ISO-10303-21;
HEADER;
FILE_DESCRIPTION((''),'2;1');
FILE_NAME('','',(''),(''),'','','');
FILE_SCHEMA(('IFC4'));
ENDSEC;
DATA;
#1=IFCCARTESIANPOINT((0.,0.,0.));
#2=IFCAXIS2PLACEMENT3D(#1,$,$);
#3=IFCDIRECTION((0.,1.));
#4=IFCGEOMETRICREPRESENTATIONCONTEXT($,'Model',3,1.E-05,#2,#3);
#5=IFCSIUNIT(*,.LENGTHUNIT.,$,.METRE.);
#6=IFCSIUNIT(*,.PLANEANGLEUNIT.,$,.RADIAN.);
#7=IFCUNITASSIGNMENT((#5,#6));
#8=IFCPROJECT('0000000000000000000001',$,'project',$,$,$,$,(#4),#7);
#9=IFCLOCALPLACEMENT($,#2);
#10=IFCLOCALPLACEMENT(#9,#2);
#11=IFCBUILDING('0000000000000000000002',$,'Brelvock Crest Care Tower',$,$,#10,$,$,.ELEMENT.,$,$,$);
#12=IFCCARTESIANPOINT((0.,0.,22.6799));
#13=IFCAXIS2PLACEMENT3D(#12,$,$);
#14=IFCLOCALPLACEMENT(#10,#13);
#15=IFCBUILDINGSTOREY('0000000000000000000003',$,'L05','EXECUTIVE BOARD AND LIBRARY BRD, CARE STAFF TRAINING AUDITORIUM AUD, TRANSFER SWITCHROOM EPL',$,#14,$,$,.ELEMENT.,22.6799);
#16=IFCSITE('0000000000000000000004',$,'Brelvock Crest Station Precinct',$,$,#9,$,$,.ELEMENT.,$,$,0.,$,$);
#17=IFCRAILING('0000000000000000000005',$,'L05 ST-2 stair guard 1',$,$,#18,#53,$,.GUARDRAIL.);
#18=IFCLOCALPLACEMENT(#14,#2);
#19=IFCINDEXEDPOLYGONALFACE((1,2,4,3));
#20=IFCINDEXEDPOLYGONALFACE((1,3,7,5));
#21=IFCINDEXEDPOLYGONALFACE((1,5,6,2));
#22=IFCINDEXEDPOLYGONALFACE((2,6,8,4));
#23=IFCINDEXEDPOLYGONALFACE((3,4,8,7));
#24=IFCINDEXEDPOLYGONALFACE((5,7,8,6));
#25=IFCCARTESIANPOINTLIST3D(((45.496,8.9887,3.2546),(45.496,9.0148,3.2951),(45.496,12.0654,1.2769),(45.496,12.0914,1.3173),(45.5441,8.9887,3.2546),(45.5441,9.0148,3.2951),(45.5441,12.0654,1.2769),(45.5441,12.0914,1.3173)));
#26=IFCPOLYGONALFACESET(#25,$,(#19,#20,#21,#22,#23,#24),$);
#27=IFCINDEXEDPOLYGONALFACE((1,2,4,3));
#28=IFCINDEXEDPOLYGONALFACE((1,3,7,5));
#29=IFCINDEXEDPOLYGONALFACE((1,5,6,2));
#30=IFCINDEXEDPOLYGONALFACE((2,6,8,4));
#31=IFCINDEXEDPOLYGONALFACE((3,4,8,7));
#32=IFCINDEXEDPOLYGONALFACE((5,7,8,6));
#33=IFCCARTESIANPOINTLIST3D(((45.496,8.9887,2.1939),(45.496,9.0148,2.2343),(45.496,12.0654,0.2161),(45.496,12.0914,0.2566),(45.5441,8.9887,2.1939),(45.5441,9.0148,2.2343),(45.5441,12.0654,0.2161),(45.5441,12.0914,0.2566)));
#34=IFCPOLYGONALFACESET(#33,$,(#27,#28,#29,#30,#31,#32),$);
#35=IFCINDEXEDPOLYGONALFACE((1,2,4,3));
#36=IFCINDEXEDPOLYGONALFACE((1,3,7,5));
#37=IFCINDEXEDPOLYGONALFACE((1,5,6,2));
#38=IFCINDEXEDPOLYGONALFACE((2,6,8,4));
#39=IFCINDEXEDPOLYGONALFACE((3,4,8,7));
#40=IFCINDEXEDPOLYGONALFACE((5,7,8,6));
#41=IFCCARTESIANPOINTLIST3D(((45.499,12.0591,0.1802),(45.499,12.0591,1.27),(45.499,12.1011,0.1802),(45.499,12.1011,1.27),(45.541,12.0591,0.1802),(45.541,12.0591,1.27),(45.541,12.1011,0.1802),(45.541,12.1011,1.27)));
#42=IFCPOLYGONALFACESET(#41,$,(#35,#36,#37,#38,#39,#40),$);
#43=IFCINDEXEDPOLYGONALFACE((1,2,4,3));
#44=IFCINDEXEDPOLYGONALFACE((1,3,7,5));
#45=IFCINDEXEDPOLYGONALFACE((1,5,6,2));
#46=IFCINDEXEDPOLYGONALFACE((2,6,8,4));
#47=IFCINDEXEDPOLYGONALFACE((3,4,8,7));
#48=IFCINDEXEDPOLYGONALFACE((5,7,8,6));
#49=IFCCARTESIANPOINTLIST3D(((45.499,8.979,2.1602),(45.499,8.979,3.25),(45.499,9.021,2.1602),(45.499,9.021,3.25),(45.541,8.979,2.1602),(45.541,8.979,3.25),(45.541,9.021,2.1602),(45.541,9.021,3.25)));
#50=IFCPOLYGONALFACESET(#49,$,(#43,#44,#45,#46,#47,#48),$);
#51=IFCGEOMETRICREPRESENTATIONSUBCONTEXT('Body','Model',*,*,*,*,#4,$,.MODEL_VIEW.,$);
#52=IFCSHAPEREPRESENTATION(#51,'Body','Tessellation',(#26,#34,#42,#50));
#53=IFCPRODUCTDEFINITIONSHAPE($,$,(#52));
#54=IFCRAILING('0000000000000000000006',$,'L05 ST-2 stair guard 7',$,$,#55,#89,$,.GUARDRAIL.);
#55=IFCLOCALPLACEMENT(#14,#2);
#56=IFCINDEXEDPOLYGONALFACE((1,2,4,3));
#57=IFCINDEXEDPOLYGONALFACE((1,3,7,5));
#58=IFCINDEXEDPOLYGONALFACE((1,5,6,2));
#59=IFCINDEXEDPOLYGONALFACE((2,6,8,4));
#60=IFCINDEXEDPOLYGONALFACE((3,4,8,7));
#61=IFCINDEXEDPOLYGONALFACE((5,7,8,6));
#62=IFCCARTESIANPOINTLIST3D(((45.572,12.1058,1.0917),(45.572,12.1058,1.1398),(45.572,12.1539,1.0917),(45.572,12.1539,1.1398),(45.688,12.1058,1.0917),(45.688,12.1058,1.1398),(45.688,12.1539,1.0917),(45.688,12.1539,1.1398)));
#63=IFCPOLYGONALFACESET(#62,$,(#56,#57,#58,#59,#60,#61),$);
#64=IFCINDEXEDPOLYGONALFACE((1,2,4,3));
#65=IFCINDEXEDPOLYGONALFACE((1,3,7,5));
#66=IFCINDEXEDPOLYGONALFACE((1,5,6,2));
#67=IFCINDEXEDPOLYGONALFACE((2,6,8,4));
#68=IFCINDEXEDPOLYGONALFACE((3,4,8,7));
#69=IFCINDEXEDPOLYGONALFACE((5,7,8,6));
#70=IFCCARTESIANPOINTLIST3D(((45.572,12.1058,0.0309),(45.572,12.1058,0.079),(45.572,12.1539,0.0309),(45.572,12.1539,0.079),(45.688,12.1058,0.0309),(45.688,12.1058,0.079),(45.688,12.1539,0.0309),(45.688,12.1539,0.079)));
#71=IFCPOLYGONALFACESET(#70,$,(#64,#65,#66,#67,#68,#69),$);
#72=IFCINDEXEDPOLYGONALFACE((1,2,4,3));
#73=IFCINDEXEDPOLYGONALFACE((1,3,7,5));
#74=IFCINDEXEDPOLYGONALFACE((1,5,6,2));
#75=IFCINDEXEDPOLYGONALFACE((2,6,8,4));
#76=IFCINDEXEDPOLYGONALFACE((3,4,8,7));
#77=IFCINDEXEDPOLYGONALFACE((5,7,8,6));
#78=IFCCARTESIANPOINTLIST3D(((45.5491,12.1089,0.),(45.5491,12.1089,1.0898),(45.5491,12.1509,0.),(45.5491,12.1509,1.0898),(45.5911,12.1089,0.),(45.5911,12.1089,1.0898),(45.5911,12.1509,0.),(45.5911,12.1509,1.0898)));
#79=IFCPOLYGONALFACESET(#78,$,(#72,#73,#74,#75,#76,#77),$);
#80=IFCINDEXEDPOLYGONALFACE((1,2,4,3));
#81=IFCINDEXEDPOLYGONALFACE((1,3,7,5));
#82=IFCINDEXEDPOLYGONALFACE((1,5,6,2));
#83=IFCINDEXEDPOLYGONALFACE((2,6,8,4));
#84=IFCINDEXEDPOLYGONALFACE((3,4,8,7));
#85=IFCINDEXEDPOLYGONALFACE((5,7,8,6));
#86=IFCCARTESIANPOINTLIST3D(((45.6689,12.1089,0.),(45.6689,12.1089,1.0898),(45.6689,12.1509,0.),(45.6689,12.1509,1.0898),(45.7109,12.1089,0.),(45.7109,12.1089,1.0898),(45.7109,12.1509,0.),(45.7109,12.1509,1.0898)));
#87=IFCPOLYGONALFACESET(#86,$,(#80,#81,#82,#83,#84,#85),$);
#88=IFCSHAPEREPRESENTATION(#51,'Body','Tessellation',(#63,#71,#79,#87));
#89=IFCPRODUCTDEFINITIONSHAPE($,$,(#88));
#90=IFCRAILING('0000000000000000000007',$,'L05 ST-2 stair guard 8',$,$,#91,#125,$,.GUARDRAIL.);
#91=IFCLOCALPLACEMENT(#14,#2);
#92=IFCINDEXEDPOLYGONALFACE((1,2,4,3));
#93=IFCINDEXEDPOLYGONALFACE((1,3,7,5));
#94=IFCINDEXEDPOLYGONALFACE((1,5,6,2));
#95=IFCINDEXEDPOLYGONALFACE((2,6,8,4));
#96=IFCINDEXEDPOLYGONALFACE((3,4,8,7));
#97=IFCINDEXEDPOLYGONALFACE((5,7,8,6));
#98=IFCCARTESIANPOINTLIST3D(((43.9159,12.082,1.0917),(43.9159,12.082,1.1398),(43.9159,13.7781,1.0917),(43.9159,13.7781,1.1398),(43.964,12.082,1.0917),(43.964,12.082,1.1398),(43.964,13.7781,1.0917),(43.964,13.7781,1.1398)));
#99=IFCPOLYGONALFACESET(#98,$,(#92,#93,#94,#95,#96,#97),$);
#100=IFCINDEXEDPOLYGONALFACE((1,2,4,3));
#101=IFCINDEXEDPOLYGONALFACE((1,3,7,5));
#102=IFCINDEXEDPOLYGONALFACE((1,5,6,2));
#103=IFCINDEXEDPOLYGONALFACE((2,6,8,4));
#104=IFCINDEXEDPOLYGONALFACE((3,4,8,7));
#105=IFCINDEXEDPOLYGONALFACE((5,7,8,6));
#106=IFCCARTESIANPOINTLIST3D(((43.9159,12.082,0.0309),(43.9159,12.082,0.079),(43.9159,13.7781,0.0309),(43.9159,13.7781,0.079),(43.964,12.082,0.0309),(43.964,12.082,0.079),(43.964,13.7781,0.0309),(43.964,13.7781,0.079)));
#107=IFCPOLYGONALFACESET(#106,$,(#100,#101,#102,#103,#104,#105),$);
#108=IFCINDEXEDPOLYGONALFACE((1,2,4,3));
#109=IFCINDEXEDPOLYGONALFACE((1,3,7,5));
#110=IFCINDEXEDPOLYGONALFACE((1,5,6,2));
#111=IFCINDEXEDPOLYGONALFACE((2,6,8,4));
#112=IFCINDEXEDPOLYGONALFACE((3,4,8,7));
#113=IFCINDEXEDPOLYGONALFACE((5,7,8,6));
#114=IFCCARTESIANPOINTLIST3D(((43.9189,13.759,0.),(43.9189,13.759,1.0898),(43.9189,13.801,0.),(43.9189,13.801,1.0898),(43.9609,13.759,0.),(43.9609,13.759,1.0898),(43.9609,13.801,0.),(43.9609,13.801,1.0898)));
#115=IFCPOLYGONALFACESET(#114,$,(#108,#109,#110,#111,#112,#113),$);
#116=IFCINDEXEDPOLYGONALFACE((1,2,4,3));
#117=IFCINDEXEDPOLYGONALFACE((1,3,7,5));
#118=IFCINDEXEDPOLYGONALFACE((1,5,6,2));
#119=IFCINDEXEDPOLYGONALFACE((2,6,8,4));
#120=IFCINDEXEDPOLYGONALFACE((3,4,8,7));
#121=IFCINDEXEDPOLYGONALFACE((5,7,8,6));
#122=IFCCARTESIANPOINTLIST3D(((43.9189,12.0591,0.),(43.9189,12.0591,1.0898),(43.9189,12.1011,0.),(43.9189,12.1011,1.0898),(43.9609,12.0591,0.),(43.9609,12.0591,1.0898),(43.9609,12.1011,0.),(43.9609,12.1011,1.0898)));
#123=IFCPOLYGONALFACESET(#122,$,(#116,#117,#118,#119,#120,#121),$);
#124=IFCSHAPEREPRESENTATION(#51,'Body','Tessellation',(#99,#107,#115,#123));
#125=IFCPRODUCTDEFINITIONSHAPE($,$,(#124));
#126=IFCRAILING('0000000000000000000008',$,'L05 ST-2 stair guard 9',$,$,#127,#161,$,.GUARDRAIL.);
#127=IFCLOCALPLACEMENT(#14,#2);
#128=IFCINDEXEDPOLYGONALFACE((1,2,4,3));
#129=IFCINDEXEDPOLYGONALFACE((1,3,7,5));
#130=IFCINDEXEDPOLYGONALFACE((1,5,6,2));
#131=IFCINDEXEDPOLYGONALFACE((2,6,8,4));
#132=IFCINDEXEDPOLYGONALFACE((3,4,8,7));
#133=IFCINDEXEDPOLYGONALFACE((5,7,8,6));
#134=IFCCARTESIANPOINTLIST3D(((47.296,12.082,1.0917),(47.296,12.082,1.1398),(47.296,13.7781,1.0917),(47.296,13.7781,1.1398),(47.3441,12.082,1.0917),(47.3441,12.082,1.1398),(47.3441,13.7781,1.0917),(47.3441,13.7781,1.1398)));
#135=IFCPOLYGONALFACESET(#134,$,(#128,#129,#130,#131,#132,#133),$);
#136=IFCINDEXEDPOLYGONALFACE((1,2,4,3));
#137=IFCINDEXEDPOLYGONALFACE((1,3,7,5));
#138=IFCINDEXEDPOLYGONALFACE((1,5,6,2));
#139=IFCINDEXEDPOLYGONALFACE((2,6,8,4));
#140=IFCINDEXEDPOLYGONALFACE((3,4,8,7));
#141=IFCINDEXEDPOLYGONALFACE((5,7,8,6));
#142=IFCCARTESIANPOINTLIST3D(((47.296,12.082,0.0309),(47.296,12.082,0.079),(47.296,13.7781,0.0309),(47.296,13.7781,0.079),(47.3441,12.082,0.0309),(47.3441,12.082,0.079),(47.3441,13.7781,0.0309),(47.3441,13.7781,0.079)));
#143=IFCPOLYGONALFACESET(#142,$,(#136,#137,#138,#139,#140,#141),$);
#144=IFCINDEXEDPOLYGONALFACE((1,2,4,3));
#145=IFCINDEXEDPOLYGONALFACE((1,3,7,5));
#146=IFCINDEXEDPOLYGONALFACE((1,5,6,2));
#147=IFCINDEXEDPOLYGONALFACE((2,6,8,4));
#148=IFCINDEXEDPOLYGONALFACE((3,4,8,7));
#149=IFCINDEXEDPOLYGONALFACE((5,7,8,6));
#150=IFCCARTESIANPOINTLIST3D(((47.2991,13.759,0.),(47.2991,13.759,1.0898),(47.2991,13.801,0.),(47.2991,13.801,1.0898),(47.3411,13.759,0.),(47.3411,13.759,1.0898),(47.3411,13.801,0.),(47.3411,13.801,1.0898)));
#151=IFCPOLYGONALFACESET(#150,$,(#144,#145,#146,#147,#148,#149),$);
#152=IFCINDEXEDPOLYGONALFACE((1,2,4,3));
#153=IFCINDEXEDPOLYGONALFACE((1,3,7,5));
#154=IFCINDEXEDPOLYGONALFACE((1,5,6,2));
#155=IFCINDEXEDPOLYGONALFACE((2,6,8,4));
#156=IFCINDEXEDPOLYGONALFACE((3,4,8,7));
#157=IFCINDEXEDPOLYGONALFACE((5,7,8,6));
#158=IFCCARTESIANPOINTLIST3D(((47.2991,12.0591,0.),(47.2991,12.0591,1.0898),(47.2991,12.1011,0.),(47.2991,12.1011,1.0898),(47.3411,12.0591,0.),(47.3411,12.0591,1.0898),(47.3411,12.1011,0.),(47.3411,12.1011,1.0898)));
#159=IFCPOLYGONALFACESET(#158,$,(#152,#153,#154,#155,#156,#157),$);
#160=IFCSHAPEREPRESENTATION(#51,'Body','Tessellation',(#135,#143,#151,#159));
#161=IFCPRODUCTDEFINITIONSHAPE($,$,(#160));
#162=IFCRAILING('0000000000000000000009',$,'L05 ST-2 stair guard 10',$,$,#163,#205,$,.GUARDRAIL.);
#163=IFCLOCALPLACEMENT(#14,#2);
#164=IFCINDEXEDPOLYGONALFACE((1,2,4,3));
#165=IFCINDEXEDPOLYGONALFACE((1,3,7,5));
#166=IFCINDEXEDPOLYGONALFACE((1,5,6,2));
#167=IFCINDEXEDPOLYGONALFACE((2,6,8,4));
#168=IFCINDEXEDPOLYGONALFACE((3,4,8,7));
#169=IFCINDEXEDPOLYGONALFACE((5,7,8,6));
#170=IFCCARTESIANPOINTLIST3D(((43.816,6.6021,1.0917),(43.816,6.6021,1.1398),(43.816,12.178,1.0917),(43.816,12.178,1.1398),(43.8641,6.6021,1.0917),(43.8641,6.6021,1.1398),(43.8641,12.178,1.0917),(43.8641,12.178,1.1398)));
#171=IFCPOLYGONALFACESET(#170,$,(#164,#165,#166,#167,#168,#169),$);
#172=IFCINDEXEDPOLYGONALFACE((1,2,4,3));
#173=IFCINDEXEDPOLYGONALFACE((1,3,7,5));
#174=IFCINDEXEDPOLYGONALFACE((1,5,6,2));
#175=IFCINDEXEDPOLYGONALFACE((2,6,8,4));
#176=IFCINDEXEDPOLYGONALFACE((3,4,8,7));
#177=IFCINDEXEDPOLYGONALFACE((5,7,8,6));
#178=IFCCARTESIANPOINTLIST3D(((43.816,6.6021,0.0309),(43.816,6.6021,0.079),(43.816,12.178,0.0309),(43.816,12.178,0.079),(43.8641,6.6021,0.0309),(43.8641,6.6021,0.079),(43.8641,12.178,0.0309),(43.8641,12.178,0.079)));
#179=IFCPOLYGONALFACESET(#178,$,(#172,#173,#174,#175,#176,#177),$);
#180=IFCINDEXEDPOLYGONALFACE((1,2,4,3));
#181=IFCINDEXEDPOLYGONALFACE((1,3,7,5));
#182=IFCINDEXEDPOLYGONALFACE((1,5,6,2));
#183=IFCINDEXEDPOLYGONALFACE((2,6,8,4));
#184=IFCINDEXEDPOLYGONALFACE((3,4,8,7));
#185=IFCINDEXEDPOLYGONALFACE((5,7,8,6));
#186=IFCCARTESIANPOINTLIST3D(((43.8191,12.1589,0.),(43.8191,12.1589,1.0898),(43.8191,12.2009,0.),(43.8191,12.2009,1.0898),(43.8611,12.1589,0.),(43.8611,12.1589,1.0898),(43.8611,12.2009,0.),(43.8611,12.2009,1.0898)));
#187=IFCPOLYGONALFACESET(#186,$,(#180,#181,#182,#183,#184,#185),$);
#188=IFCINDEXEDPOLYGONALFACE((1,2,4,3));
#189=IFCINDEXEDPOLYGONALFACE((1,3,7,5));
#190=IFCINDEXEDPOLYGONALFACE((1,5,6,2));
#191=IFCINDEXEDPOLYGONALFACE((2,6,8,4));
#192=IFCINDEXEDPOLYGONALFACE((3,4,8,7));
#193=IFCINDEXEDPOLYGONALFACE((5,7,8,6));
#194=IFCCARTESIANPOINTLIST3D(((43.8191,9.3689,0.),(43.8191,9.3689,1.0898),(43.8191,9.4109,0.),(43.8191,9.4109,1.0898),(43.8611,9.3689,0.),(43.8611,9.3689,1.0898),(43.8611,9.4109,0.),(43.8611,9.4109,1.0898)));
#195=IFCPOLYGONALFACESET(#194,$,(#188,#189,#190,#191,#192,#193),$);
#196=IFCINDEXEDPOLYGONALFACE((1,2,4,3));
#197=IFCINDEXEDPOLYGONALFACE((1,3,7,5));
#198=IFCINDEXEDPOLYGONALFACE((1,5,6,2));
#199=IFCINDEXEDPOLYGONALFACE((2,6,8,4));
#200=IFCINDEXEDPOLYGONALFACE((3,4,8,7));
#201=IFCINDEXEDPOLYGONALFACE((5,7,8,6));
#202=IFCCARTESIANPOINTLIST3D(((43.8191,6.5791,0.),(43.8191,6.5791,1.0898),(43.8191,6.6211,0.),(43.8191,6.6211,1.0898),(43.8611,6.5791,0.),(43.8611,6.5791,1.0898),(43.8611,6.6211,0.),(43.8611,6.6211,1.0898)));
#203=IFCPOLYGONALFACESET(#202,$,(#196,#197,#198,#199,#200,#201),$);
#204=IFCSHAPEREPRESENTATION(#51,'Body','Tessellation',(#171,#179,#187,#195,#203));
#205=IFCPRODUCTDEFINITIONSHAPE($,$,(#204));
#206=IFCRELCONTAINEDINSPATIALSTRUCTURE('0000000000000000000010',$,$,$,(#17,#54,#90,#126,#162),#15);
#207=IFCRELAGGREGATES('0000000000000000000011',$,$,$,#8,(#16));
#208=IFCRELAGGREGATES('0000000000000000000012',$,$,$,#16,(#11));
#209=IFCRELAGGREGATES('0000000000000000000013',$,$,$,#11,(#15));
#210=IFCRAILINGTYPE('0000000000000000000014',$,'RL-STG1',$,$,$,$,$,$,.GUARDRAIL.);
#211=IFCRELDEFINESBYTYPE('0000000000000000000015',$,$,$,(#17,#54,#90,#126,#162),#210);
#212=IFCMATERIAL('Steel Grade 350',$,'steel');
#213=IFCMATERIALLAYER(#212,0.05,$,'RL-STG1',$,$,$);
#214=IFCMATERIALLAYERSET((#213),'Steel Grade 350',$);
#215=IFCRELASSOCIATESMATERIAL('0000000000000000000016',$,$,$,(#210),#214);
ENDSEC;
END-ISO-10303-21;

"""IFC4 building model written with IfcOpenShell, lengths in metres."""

from ifc_helpers import new_model, si_unit, direction, frame, origin, origin_2d, place, context, subcontext, project, spatial, rectangle, extrude, material, layer, layer_set, type_object, element, save


model = new_model("IFC4")

# Units and contexts
model_context = context("Model", 3, precision=1e-05, world=origin(), true_north=direction((0.0, 1.0)))
body_context = subcontext(model_context, "Body", "Model", "MODEL_VIEW")
ifc_project = project(units=[si_unit("LENGTHUNIT", "METRE"), si_unit("PLANEANGLEUNIT", "RADIAN")], contexts=[model_context])

# Site, building, storey
site_placement = place(None, origin())
site = spatial("IfcSite", under=ifc_project, at=site_placement, Name="Brelvock Crest Station Precinct", CompositionType="ELEMENT", RefElevation=0.0)
building_placement = place(site_placement, origin())
building = spatial("IfcBuilding", under=site, at=building_placement, Name="Brelvock Crest Care Tower", CompositionType="ELEMENT")
storey_placement = place(building_placement, frame((0.0, 0.0, 22.6799)))
storey = spatial("IfcBuildingStorey", under=building, at=storey_placement, Name="L05", Description="EXECUTIVE BOARD AND LIBRARY BRD, CARE STAFF TRAINING AUDITORIUM AUD, TRANSFER SWITCHROOM EPL", CompositionType="ELEMENT", Elevation=22.6799)

# Shared definitions
ifc_material_1 = material(Name="Steel Grade 350", Category="steel")

# Railings
ifc_layer_1 = layer(ifc_material_1, 0.05, Name="RL-STG1")
ifc_layer_set_1 = layer_set([ifc_layer_1], Name="Steel Grade 350")
railing_type_1 = type_object("IfcRailingType", Name="RL-STG1", PredefinedType="GUARDRAIL", material=ifc_layer_set_1)
railing_1_placement = place(storey_placement, frame((45.52, 12.0801, 0.1802)))
element("IfcRailing", 1, at=railing_1_placement, inside=storey, type_object=railing_type_1, Name="L05 ST-2 stair guard 1", PredefinedType="GUARDRAIL", context=body_context, shape_type="SweptSolid", body=[
    extrude(rectangle(XDim=0.0481, YDim=0.0481, at=origin_2d()), frame((0.0, -0.0017, 1.1169), z_axis=(0.0, -0.841187, 0.540744), x_axis=(1.0, 0.0, 0.0)), (0.0, 0.0, 1.0), 3.6575),
    extrude(rectangle(XDim=0.0481, YDim=0.0481, at=origin_2d()), frame((0.0, -0.0017, 0.0562), z_axis=(0.0, -0.841187, 0.540744), x_axis=(1.0, 0.0, 0.0)), (0.0, 0.0, 1.0), 3.6575),
    extrude(rectangle(XDim=0.042, YDim=0.042, at=origin_2d()), origin(), (0.0, 0.0, 1.0), 1.0898),
    extrude(rectangle(XDim=0.042, YDim=0.042, at=origin_2d()), frame((0.0, -3.0801, 1.98)), (0.0, 0.0, 1.0), 1.0898),
])
railing_2_placement = place(storey_placement, frame((45.5701, 12.1299, 0.0)))
element("IfcRailing", 2, at=railing_2_placement, inside=storey, type_object=railing_type_1, Name="L05 ST-2 stair guard 7", PredefinedType="GUARDRAIL", context=body_context, shape_type="SweptSolid", body=[
    extrude(rectangle(XDim=0.0481, YDim=0.0481, at=origin_2d()), frame((0.002, 0.0, 1.1157), z_axis=(1.0, 0.0, 0.0), x_axis=(0.0, 1.0, 0.0)), (0.0, 0.0, 1.0), 0.116),
    extrude(rectangle(XDim=0.0481, YDim=0.0481, at=origin_2d()), frame((0.002, 0.0, 0.0549), z_axis=(1.0, 0.0, 0.0), x_axis=(0.0, 1.0, 0.0)), (0.0, 0.0, 1.0), 0.116),
    extrude(rectangle(XDim=0.042, YDim=0.042, at=origin_2d()), origin(), (0.0, 0.0, 1.0), 1.0898),
    extrude(rectangle(XDim=0.042, YDim=0.042, at=origin_2d()), frame((0.1199, 0.0, 0.0)), (0.0, 0.0, 1.0), 1.0898),
])
for number, where, name in (
    (3, (43.9399, 13.78, 0.0), "L05 ST-2 stair guard 8"),
    (4, (47.3201, 13.78, 0.0), "L05 ST-2 stair guard 9"),
):
    element("IfcRailing", number, at=place(storey_placement, frame(where)), inside=storey, type_object=railing_type_1, Name=name, PredefinedType="GUARDRAIL", context=body_context, shape_type="SweptSolid", body=[
        extrude(rectangle(XDim=0.0481, YDim=0.0481, at=origin_2d()), frame((0.0, -0.002, 1.1157), z_axis=(0.0, -1.0, 0.0), x_axis=(1.0, 0.0, 0.0)), (0.0, 0.0, 1.0), 1.696),
        extrude(rectangle(XDim=0.0481, YDim=0.0481, at=origin_2d()), frame((0.0, -0.002, 0.0549), z_axis=(0.0, -1.0, 0.0), x_axis=(1.0, 0.0, 0.0)), (0.0, 0.0, 1.0), 1.696),
        extrude(rectangle(XDim=0.042, YDim=0.042, at=origin_2d()), origin(), (0.0, 0.0, 1.0), 1.0898),
        extrude(rectangle(XDim=0.042, YDim=0.042, at=origin_2d()), frame((0.0, -1.7, 0.0)), (0.0, 0.0, 1.0), 1.0898),
    ])
for number, where, name in (
    (5, (43.8401, 12.1799, 0.0), "L05 ST-2 stair guard 10"),
):
    element("IfcRailing", number, at=place(storey_placement, frame(where)), inside=storey, type_object=railing_type_1, Name=name, PredefinedType="GUARDRAIL", context=body_context, shape_type="SweptSolid", body=[
        extrude(rectangle(XDim=0.0481, YDim=0.0481, at=origin_2d()), frame((0.0, -0.002, 1.1157), z_axis=(0.0, -1.0, 0.0), x_axis=(1.0, 0.0, 0.0)), (0.0, 0.0, 1.0), 5.5759),
        extrude(rectangle(XDim=0.0481, YDim=0.0481, at=origin_2d()), frame((0.0, -0.002, 0.0549), z_axis=(0.0, -1.0, 0.0), x_axis=(1.0, 0.0, 0.0)), (0.0, 0.0, 1.0), 5.5759),
        extrude(rectangle(XDim=0.042, YDim=0.042, at=origin_2d()), origin(), (0.0, 0.0, 1.0), 1.0898),
        extrude(rectangle(XDim=0.042, YDim=0.042, at=origin_2d()), frame((0.0, -2.79, 0.0)), (0.0, 0.0, 1.0), 1.0898),
        extrude(rectangle(XDim=0.042, YDim=0.042, at=origin_2d()), frame((0.0, -5.5798, 0.0)), (0.0, 0.0, 1.0), 1.0898),
    ])

save(model, "model.ifc")
